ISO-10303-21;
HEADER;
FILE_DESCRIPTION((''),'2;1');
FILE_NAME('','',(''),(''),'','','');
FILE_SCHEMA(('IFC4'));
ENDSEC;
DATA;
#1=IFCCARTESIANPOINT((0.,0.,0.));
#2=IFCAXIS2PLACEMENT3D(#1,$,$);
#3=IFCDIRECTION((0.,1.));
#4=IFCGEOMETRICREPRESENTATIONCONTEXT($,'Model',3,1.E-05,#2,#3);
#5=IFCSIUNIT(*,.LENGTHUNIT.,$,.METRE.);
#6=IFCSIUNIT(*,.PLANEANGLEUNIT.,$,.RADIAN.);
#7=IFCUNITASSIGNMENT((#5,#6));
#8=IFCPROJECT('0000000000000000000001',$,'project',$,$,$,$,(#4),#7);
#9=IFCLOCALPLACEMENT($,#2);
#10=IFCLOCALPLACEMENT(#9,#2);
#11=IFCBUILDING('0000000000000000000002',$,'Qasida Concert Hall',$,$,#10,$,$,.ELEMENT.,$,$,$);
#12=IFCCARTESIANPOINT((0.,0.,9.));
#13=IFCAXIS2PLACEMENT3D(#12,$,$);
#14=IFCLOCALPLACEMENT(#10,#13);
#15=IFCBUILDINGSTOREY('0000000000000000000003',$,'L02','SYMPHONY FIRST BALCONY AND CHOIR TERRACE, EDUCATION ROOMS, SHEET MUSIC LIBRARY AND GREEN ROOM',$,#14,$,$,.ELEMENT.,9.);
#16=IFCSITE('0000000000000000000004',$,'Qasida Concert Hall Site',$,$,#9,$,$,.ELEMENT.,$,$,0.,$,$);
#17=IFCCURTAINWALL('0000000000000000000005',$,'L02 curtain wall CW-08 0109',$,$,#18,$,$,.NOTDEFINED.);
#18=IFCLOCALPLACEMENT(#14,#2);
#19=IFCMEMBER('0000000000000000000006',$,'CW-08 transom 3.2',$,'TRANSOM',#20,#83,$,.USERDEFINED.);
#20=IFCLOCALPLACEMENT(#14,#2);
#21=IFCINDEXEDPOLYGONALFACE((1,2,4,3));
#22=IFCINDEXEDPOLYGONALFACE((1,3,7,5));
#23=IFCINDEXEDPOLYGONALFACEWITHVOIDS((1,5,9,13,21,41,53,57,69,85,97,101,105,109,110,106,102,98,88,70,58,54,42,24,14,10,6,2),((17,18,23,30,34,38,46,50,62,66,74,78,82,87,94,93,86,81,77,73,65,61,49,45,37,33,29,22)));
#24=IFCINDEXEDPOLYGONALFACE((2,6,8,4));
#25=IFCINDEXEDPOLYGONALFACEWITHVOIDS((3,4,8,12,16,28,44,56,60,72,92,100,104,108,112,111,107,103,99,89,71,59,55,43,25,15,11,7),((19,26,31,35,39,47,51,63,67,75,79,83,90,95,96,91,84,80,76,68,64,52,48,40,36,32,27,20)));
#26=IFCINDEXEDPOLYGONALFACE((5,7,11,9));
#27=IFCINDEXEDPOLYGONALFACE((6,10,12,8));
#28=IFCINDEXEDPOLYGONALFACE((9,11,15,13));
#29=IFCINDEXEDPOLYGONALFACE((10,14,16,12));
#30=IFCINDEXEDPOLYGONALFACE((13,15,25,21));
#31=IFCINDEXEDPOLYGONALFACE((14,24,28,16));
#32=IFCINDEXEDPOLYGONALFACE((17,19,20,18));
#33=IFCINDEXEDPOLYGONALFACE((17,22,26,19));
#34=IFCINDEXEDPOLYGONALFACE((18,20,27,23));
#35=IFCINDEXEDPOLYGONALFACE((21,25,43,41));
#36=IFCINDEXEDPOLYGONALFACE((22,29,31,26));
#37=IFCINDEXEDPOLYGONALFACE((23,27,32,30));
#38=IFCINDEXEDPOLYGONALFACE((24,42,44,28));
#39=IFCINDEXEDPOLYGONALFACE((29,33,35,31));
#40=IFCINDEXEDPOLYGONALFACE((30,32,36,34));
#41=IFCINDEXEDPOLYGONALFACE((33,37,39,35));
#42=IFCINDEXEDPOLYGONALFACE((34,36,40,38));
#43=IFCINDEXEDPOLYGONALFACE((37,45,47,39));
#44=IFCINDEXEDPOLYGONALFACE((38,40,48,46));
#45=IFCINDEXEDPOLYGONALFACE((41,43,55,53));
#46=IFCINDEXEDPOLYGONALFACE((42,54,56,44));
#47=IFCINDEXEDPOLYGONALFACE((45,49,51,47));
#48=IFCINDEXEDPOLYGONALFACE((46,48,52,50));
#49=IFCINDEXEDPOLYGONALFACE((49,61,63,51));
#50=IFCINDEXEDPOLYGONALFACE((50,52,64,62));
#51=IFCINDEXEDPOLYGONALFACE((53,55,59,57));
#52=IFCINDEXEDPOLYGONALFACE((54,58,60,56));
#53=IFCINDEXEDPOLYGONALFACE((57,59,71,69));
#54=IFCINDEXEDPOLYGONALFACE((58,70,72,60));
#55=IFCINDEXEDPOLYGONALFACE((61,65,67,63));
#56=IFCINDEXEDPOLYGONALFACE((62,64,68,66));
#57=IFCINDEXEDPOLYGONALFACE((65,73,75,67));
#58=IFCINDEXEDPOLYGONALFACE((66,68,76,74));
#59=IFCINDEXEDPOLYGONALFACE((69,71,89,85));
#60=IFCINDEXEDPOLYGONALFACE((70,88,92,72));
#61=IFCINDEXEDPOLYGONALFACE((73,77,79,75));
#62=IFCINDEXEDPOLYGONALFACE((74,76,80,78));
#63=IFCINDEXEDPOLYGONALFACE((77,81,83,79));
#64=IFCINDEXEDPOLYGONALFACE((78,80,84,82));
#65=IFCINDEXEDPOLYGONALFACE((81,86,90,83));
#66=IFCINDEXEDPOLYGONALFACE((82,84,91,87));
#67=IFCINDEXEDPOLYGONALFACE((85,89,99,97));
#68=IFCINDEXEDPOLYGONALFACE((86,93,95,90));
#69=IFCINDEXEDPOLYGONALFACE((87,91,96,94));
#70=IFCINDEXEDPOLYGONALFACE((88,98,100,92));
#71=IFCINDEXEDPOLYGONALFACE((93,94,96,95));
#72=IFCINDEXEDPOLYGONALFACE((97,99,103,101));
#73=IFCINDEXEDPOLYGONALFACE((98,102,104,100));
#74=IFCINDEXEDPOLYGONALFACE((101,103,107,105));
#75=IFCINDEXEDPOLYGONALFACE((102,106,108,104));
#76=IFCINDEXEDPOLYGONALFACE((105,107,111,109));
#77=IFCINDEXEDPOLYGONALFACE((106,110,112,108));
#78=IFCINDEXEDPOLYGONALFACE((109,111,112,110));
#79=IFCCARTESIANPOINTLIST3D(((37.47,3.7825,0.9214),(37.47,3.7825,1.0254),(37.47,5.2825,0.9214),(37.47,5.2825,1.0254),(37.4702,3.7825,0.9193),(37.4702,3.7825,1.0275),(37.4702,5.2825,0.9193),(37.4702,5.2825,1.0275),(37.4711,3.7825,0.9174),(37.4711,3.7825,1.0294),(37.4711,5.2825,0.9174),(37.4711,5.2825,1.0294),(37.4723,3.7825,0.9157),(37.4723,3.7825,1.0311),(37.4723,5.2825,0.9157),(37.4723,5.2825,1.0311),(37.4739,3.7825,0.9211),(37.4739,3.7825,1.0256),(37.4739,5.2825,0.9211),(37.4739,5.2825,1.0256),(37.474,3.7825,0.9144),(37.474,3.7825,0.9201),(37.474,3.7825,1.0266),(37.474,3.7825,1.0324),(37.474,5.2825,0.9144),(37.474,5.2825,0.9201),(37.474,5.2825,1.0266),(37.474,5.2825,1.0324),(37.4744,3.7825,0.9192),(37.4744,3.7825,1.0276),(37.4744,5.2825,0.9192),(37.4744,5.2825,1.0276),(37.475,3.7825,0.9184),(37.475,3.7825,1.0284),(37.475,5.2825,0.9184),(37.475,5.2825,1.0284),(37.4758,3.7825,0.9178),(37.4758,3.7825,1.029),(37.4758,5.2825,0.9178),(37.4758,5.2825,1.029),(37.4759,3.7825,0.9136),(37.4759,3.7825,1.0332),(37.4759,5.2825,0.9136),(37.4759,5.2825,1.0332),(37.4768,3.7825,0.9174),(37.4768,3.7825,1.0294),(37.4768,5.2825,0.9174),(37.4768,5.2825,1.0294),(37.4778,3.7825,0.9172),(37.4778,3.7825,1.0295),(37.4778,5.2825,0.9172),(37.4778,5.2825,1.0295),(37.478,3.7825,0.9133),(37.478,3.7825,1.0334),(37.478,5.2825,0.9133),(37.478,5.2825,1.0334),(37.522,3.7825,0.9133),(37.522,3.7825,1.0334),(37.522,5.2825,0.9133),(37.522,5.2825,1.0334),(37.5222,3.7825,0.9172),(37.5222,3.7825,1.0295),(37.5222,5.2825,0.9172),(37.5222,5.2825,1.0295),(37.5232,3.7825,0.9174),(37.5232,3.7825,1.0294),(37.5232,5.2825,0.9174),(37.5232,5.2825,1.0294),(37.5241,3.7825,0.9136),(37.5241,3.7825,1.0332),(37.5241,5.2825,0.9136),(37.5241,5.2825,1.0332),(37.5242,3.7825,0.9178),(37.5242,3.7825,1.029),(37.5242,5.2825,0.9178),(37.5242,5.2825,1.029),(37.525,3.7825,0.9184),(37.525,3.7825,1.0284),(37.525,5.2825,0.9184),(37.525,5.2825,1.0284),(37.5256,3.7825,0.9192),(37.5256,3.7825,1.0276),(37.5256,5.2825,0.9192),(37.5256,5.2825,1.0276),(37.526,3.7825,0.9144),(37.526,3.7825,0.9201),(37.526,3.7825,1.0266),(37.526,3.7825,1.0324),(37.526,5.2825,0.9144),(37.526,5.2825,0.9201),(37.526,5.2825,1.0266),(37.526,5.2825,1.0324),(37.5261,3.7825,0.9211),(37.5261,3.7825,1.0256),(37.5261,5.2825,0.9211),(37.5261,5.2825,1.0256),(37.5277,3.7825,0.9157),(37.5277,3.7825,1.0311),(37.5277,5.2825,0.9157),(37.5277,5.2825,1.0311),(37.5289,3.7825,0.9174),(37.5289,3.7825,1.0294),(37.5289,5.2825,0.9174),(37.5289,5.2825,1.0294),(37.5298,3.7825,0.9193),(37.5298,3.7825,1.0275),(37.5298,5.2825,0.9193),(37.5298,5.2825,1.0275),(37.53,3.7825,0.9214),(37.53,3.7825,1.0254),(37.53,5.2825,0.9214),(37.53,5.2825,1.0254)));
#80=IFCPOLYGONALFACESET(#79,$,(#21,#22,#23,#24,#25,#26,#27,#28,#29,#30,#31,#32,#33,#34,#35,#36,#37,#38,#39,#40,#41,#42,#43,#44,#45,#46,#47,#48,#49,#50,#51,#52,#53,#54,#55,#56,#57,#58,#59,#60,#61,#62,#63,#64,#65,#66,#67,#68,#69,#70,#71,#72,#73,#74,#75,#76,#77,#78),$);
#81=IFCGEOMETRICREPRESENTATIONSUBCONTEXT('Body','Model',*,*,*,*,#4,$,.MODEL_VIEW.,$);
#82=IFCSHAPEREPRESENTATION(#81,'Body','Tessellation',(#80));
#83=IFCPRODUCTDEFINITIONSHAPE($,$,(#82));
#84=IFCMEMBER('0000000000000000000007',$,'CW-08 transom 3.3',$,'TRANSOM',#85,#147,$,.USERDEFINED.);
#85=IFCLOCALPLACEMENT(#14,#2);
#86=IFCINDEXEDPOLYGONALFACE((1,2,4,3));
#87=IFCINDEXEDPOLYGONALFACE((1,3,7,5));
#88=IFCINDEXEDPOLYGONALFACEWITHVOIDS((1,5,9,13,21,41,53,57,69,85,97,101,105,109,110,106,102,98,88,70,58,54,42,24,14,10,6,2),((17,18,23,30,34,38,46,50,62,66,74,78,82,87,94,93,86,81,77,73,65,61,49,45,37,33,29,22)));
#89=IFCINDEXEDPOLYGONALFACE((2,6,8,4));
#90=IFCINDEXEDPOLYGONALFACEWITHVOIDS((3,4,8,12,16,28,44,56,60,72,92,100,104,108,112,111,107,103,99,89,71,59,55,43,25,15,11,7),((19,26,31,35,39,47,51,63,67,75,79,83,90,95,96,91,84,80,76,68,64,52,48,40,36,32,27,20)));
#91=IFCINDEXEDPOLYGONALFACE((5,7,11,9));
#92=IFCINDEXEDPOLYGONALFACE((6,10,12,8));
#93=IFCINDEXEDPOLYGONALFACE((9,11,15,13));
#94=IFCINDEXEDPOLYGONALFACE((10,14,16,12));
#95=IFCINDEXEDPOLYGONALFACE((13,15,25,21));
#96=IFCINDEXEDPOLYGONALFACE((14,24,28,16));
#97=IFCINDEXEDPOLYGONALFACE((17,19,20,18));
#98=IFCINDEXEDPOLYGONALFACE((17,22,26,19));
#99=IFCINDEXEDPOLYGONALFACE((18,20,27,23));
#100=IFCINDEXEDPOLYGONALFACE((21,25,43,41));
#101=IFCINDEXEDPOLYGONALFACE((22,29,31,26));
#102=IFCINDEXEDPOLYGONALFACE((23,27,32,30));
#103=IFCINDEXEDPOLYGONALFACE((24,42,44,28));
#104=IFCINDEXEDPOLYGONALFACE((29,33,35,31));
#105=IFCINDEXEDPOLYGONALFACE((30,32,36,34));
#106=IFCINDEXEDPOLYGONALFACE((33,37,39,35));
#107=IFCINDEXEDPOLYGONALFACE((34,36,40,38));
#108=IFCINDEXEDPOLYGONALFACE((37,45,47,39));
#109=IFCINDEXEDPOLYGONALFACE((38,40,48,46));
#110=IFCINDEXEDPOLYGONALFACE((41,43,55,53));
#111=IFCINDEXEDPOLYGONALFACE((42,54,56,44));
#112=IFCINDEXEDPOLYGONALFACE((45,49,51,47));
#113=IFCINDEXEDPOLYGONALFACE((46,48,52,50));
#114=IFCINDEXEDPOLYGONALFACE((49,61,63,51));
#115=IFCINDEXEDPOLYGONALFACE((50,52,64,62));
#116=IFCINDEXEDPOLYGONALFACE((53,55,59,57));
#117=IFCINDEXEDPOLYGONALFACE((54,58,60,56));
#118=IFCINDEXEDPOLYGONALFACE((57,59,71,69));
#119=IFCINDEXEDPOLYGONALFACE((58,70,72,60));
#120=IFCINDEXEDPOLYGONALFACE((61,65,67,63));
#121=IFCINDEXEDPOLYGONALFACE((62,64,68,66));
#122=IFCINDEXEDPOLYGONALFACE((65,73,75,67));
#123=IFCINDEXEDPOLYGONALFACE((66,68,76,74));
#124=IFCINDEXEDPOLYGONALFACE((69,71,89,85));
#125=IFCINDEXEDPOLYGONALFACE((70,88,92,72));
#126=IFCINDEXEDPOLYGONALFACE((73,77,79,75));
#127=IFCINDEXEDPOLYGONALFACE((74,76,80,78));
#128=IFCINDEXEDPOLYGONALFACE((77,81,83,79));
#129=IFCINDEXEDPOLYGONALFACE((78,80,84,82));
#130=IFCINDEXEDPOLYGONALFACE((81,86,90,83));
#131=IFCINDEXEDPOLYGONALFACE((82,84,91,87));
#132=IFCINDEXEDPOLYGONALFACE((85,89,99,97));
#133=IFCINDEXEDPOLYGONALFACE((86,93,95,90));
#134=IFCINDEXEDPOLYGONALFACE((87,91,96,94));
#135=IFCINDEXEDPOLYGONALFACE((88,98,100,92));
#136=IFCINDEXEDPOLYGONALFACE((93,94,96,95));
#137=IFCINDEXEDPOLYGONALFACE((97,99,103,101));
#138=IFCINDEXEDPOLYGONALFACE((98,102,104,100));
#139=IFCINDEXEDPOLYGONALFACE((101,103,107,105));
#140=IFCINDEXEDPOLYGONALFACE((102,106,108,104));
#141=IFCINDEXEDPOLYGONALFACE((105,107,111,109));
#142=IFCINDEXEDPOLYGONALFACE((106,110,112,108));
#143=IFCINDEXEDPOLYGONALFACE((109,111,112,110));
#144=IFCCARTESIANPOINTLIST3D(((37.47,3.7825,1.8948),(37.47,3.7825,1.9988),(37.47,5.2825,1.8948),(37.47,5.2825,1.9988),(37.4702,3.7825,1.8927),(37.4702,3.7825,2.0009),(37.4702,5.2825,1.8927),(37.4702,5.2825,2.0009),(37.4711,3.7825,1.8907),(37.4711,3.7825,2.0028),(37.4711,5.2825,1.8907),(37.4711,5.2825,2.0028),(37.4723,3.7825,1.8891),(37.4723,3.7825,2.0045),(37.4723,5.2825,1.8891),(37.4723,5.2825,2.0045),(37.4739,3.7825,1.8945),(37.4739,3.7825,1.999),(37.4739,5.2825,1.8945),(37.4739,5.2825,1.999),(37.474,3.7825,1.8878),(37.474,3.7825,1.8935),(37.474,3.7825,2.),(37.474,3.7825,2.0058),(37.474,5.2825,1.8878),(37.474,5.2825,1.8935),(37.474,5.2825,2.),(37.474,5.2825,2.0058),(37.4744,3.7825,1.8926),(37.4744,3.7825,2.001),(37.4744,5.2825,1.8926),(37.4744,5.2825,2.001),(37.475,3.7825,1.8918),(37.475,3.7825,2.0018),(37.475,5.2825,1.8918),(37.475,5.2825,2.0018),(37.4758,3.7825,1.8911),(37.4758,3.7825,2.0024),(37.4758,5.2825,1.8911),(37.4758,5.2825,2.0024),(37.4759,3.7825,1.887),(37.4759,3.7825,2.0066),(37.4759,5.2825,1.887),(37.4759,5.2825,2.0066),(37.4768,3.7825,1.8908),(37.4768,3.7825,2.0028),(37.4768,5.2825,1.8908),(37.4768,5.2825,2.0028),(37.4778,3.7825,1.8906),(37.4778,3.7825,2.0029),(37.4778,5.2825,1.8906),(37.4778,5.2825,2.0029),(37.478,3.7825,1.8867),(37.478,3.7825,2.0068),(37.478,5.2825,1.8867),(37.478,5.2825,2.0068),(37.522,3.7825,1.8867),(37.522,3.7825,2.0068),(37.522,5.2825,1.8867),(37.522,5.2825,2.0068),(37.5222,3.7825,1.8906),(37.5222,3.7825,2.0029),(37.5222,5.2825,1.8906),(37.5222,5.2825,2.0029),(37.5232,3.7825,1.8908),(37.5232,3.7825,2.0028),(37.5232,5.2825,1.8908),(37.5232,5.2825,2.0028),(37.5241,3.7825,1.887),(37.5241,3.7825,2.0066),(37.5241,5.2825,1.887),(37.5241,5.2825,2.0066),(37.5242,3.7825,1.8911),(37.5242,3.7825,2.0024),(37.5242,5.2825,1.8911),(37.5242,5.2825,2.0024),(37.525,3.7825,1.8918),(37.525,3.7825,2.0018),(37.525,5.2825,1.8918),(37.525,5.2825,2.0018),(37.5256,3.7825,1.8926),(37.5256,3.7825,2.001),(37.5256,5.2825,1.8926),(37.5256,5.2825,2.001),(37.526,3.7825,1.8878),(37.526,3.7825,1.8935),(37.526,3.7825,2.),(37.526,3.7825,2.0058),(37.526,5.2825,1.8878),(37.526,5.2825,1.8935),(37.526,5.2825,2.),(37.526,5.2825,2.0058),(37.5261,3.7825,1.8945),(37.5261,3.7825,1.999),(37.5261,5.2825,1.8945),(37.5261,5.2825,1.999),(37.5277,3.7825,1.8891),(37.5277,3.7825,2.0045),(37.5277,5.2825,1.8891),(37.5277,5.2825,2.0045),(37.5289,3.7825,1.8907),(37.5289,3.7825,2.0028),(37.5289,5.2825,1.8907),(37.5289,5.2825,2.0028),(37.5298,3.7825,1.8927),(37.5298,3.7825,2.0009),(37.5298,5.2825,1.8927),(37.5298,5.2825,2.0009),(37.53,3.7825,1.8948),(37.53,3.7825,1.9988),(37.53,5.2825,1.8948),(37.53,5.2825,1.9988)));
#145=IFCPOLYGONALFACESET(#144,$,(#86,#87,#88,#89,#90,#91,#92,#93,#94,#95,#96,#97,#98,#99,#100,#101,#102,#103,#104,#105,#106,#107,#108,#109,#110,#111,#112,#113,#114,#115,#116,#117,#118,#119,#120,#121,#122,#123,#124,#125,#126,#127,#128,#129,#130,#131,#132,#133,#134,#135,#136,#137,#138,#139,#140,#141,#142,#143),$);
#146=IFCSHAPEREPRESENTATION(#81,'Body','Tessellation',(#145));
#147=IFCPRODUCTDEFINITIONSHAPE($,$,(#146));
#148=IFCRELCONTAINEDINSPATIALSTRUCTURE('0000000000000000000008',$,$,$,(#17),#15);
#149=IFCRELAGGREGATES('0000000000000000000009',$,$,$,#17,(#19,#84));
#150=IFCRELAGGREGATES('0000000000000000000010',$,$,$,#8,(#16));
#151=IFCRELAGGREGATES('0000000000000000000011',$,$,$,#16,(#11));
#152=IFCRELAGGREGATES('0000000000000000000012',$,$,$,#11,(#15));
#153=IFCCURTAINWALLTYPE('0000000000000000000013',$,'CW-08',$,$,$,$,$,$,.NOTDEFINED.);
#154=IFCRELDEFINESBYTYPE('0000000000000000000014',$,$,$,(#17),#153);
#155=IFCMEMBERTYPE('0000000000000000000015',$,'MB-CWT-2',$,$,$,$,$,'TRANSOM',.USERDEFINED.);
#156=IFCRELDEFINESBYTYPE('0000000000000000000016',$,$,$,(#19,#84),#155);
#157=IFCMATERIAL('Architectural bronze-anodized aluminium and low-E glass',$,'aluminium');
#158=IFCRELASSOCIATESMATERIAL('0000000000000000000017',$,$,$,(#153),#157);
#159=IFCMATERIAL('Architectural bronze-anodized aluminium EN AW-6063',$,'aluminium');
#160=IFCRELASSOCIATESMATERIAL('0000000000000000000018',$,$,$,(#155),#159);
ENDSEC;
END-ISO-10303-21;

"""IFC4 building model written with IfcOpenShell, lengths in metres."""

from ifc_helpers import new_model, si_unit, direction, frame, origin, origin_2d, place, context, subcontext, project, spatial, hollow_rectangle, extrude, material, material_profile, profile_set, type_object, element, aggregate, save


model = new_model("IFC4")

# Units and contexts
model_context = context("Model", 3, precision=1e-05, world=origin(), true_north=direction((0.0, 1.0)))
body_context = subcontext(model_context, "Body", "Model", "MODEL_VIEW")
ifc_project = project(units=[si_unit("LENGTHUNIT", "METRE"), si_unit("PLANEANGLEUNIT", "RADIAN")], contexts=[model_context])

# Site, building, storey
site_placement = place(None, origin())
site = spatial("IfcSite", under=ifc_project, at=site_placement, Name="Qasida Concert Hall Site", CompositionType="ELEMENT", RefElevation=0.0)
building_placement = place(site_placement, origin())
building = spatial("IfcBuilding", under=site, at=building_placement, Name="Qasida Concert Hall", CompositionType="ELEMENT")
storey_placement = place(building_placement, frame((0.0, 0.0, 9.0)))
storey = spatial("IfcBuildingStorey", under=building, at=storey_placement, Name="L02", Description="SYMPHONY FIRST BALCONY AND CHOIR TERRACE, EDUCATION ROOMS, SHEET MUSIC LIBRARY AND GREEN ROOM", CompositionType="ELEMENT", Elevation=9.0)

# Curtain wall, members
ifc_material_1 = material(Name="Architectural bronze-anodized aluminium and low-E glass", Category="aluminium")
curtain_wall_type = type_object("IfcCurtainWallType", Name="CW-08", PredefinedType="NOTDEFINED", material=ifc_material_1)
curtain_wall_placement = place(storey_placement, origin())
curtain_wall = element("IfcCurtainWall", 1, at=curtain_wall_placement, inside=storey, type_object=curtain_wall_type, Name="L02 curtain wall CW-08 0109", PredefinedType="NOTDEFINED")
ifc_material_2 = material(Name="Architectural bronze-anodized aluminium EN AW-6063", Category="aluminium")
ifc_material_profile_1 = material_profile(ifc_material_2, hollow_rectangle(XDim=0.0601, YDim=0.1201, WallThickness=0.0039, InnerFilletRadius=0.0039, OuterFilletRadius=0.0081, at=origin_2d()), Name="CWT 120x60x4")
ifc_profile_set_1 = profile_set([ifc_material_profile_1], Name="Architectural bronze-anodized aluminium EN AW-6063")
member_type_1 = type_object("IfcMemberType", Name="MB-CWT-2", ElementType="TRANSOM", PredefinedType="USERDEFINED", material=ifc_profile_set_1)
member_1_placement = place(storey_placement, frame((37.5, 3.7825, 0.9734), z_axis=(0.0, 1.0, 0.0), x_axis=(-1.0, 0.0, 0.0)))
member_1 = element("IfcMember", 2, at=member_1_placement, type_object=member_type_1, Name="CW-08 transom 3.2", ObjectType="TRANSOM", PredefinedType="USERDEFINED", context=body_context, shape_type="SweptSolid", body=[
    extrude(hollow_rectangle(XDim=0.0601, YDim=0.1201, WallThickness=0.0039, InnerFilletRadius=0.0039, OuterFilletRadius=0.0081, at=origin_2d()), origin(), (0.0, 0.0, 1.0), 1.5),
])
member_2_placement = place(storey_placement, frame((37.5, 3.7825, 1.9468), z_axis=(0.0, 1.0, 0.0), x_axis=(-1.0, 0.0, 0.0)))
member_2 = element("IfcMember", 3, at=member_2_placement, type_object=member_type_1, Name="CW-08 transom 3.3", ObjectType="TRANSOM", PredefinedType="USERDEFINED", context=body_context, shape_type="SweptSolid", body=[
    extrude(hollow_rectangle(XDim=0.0601, YDim=0.1201, WallThickness=0.0039, InnerFilletRadius=0.0039, OuterFilletRadius=0.0081, at=origin_2d()), origin(), (0.0, 0.0, 1.0), 1.5),
])
aggregate(curtain_wall, [member_1, member_2])

save(model, "model.ifc")
